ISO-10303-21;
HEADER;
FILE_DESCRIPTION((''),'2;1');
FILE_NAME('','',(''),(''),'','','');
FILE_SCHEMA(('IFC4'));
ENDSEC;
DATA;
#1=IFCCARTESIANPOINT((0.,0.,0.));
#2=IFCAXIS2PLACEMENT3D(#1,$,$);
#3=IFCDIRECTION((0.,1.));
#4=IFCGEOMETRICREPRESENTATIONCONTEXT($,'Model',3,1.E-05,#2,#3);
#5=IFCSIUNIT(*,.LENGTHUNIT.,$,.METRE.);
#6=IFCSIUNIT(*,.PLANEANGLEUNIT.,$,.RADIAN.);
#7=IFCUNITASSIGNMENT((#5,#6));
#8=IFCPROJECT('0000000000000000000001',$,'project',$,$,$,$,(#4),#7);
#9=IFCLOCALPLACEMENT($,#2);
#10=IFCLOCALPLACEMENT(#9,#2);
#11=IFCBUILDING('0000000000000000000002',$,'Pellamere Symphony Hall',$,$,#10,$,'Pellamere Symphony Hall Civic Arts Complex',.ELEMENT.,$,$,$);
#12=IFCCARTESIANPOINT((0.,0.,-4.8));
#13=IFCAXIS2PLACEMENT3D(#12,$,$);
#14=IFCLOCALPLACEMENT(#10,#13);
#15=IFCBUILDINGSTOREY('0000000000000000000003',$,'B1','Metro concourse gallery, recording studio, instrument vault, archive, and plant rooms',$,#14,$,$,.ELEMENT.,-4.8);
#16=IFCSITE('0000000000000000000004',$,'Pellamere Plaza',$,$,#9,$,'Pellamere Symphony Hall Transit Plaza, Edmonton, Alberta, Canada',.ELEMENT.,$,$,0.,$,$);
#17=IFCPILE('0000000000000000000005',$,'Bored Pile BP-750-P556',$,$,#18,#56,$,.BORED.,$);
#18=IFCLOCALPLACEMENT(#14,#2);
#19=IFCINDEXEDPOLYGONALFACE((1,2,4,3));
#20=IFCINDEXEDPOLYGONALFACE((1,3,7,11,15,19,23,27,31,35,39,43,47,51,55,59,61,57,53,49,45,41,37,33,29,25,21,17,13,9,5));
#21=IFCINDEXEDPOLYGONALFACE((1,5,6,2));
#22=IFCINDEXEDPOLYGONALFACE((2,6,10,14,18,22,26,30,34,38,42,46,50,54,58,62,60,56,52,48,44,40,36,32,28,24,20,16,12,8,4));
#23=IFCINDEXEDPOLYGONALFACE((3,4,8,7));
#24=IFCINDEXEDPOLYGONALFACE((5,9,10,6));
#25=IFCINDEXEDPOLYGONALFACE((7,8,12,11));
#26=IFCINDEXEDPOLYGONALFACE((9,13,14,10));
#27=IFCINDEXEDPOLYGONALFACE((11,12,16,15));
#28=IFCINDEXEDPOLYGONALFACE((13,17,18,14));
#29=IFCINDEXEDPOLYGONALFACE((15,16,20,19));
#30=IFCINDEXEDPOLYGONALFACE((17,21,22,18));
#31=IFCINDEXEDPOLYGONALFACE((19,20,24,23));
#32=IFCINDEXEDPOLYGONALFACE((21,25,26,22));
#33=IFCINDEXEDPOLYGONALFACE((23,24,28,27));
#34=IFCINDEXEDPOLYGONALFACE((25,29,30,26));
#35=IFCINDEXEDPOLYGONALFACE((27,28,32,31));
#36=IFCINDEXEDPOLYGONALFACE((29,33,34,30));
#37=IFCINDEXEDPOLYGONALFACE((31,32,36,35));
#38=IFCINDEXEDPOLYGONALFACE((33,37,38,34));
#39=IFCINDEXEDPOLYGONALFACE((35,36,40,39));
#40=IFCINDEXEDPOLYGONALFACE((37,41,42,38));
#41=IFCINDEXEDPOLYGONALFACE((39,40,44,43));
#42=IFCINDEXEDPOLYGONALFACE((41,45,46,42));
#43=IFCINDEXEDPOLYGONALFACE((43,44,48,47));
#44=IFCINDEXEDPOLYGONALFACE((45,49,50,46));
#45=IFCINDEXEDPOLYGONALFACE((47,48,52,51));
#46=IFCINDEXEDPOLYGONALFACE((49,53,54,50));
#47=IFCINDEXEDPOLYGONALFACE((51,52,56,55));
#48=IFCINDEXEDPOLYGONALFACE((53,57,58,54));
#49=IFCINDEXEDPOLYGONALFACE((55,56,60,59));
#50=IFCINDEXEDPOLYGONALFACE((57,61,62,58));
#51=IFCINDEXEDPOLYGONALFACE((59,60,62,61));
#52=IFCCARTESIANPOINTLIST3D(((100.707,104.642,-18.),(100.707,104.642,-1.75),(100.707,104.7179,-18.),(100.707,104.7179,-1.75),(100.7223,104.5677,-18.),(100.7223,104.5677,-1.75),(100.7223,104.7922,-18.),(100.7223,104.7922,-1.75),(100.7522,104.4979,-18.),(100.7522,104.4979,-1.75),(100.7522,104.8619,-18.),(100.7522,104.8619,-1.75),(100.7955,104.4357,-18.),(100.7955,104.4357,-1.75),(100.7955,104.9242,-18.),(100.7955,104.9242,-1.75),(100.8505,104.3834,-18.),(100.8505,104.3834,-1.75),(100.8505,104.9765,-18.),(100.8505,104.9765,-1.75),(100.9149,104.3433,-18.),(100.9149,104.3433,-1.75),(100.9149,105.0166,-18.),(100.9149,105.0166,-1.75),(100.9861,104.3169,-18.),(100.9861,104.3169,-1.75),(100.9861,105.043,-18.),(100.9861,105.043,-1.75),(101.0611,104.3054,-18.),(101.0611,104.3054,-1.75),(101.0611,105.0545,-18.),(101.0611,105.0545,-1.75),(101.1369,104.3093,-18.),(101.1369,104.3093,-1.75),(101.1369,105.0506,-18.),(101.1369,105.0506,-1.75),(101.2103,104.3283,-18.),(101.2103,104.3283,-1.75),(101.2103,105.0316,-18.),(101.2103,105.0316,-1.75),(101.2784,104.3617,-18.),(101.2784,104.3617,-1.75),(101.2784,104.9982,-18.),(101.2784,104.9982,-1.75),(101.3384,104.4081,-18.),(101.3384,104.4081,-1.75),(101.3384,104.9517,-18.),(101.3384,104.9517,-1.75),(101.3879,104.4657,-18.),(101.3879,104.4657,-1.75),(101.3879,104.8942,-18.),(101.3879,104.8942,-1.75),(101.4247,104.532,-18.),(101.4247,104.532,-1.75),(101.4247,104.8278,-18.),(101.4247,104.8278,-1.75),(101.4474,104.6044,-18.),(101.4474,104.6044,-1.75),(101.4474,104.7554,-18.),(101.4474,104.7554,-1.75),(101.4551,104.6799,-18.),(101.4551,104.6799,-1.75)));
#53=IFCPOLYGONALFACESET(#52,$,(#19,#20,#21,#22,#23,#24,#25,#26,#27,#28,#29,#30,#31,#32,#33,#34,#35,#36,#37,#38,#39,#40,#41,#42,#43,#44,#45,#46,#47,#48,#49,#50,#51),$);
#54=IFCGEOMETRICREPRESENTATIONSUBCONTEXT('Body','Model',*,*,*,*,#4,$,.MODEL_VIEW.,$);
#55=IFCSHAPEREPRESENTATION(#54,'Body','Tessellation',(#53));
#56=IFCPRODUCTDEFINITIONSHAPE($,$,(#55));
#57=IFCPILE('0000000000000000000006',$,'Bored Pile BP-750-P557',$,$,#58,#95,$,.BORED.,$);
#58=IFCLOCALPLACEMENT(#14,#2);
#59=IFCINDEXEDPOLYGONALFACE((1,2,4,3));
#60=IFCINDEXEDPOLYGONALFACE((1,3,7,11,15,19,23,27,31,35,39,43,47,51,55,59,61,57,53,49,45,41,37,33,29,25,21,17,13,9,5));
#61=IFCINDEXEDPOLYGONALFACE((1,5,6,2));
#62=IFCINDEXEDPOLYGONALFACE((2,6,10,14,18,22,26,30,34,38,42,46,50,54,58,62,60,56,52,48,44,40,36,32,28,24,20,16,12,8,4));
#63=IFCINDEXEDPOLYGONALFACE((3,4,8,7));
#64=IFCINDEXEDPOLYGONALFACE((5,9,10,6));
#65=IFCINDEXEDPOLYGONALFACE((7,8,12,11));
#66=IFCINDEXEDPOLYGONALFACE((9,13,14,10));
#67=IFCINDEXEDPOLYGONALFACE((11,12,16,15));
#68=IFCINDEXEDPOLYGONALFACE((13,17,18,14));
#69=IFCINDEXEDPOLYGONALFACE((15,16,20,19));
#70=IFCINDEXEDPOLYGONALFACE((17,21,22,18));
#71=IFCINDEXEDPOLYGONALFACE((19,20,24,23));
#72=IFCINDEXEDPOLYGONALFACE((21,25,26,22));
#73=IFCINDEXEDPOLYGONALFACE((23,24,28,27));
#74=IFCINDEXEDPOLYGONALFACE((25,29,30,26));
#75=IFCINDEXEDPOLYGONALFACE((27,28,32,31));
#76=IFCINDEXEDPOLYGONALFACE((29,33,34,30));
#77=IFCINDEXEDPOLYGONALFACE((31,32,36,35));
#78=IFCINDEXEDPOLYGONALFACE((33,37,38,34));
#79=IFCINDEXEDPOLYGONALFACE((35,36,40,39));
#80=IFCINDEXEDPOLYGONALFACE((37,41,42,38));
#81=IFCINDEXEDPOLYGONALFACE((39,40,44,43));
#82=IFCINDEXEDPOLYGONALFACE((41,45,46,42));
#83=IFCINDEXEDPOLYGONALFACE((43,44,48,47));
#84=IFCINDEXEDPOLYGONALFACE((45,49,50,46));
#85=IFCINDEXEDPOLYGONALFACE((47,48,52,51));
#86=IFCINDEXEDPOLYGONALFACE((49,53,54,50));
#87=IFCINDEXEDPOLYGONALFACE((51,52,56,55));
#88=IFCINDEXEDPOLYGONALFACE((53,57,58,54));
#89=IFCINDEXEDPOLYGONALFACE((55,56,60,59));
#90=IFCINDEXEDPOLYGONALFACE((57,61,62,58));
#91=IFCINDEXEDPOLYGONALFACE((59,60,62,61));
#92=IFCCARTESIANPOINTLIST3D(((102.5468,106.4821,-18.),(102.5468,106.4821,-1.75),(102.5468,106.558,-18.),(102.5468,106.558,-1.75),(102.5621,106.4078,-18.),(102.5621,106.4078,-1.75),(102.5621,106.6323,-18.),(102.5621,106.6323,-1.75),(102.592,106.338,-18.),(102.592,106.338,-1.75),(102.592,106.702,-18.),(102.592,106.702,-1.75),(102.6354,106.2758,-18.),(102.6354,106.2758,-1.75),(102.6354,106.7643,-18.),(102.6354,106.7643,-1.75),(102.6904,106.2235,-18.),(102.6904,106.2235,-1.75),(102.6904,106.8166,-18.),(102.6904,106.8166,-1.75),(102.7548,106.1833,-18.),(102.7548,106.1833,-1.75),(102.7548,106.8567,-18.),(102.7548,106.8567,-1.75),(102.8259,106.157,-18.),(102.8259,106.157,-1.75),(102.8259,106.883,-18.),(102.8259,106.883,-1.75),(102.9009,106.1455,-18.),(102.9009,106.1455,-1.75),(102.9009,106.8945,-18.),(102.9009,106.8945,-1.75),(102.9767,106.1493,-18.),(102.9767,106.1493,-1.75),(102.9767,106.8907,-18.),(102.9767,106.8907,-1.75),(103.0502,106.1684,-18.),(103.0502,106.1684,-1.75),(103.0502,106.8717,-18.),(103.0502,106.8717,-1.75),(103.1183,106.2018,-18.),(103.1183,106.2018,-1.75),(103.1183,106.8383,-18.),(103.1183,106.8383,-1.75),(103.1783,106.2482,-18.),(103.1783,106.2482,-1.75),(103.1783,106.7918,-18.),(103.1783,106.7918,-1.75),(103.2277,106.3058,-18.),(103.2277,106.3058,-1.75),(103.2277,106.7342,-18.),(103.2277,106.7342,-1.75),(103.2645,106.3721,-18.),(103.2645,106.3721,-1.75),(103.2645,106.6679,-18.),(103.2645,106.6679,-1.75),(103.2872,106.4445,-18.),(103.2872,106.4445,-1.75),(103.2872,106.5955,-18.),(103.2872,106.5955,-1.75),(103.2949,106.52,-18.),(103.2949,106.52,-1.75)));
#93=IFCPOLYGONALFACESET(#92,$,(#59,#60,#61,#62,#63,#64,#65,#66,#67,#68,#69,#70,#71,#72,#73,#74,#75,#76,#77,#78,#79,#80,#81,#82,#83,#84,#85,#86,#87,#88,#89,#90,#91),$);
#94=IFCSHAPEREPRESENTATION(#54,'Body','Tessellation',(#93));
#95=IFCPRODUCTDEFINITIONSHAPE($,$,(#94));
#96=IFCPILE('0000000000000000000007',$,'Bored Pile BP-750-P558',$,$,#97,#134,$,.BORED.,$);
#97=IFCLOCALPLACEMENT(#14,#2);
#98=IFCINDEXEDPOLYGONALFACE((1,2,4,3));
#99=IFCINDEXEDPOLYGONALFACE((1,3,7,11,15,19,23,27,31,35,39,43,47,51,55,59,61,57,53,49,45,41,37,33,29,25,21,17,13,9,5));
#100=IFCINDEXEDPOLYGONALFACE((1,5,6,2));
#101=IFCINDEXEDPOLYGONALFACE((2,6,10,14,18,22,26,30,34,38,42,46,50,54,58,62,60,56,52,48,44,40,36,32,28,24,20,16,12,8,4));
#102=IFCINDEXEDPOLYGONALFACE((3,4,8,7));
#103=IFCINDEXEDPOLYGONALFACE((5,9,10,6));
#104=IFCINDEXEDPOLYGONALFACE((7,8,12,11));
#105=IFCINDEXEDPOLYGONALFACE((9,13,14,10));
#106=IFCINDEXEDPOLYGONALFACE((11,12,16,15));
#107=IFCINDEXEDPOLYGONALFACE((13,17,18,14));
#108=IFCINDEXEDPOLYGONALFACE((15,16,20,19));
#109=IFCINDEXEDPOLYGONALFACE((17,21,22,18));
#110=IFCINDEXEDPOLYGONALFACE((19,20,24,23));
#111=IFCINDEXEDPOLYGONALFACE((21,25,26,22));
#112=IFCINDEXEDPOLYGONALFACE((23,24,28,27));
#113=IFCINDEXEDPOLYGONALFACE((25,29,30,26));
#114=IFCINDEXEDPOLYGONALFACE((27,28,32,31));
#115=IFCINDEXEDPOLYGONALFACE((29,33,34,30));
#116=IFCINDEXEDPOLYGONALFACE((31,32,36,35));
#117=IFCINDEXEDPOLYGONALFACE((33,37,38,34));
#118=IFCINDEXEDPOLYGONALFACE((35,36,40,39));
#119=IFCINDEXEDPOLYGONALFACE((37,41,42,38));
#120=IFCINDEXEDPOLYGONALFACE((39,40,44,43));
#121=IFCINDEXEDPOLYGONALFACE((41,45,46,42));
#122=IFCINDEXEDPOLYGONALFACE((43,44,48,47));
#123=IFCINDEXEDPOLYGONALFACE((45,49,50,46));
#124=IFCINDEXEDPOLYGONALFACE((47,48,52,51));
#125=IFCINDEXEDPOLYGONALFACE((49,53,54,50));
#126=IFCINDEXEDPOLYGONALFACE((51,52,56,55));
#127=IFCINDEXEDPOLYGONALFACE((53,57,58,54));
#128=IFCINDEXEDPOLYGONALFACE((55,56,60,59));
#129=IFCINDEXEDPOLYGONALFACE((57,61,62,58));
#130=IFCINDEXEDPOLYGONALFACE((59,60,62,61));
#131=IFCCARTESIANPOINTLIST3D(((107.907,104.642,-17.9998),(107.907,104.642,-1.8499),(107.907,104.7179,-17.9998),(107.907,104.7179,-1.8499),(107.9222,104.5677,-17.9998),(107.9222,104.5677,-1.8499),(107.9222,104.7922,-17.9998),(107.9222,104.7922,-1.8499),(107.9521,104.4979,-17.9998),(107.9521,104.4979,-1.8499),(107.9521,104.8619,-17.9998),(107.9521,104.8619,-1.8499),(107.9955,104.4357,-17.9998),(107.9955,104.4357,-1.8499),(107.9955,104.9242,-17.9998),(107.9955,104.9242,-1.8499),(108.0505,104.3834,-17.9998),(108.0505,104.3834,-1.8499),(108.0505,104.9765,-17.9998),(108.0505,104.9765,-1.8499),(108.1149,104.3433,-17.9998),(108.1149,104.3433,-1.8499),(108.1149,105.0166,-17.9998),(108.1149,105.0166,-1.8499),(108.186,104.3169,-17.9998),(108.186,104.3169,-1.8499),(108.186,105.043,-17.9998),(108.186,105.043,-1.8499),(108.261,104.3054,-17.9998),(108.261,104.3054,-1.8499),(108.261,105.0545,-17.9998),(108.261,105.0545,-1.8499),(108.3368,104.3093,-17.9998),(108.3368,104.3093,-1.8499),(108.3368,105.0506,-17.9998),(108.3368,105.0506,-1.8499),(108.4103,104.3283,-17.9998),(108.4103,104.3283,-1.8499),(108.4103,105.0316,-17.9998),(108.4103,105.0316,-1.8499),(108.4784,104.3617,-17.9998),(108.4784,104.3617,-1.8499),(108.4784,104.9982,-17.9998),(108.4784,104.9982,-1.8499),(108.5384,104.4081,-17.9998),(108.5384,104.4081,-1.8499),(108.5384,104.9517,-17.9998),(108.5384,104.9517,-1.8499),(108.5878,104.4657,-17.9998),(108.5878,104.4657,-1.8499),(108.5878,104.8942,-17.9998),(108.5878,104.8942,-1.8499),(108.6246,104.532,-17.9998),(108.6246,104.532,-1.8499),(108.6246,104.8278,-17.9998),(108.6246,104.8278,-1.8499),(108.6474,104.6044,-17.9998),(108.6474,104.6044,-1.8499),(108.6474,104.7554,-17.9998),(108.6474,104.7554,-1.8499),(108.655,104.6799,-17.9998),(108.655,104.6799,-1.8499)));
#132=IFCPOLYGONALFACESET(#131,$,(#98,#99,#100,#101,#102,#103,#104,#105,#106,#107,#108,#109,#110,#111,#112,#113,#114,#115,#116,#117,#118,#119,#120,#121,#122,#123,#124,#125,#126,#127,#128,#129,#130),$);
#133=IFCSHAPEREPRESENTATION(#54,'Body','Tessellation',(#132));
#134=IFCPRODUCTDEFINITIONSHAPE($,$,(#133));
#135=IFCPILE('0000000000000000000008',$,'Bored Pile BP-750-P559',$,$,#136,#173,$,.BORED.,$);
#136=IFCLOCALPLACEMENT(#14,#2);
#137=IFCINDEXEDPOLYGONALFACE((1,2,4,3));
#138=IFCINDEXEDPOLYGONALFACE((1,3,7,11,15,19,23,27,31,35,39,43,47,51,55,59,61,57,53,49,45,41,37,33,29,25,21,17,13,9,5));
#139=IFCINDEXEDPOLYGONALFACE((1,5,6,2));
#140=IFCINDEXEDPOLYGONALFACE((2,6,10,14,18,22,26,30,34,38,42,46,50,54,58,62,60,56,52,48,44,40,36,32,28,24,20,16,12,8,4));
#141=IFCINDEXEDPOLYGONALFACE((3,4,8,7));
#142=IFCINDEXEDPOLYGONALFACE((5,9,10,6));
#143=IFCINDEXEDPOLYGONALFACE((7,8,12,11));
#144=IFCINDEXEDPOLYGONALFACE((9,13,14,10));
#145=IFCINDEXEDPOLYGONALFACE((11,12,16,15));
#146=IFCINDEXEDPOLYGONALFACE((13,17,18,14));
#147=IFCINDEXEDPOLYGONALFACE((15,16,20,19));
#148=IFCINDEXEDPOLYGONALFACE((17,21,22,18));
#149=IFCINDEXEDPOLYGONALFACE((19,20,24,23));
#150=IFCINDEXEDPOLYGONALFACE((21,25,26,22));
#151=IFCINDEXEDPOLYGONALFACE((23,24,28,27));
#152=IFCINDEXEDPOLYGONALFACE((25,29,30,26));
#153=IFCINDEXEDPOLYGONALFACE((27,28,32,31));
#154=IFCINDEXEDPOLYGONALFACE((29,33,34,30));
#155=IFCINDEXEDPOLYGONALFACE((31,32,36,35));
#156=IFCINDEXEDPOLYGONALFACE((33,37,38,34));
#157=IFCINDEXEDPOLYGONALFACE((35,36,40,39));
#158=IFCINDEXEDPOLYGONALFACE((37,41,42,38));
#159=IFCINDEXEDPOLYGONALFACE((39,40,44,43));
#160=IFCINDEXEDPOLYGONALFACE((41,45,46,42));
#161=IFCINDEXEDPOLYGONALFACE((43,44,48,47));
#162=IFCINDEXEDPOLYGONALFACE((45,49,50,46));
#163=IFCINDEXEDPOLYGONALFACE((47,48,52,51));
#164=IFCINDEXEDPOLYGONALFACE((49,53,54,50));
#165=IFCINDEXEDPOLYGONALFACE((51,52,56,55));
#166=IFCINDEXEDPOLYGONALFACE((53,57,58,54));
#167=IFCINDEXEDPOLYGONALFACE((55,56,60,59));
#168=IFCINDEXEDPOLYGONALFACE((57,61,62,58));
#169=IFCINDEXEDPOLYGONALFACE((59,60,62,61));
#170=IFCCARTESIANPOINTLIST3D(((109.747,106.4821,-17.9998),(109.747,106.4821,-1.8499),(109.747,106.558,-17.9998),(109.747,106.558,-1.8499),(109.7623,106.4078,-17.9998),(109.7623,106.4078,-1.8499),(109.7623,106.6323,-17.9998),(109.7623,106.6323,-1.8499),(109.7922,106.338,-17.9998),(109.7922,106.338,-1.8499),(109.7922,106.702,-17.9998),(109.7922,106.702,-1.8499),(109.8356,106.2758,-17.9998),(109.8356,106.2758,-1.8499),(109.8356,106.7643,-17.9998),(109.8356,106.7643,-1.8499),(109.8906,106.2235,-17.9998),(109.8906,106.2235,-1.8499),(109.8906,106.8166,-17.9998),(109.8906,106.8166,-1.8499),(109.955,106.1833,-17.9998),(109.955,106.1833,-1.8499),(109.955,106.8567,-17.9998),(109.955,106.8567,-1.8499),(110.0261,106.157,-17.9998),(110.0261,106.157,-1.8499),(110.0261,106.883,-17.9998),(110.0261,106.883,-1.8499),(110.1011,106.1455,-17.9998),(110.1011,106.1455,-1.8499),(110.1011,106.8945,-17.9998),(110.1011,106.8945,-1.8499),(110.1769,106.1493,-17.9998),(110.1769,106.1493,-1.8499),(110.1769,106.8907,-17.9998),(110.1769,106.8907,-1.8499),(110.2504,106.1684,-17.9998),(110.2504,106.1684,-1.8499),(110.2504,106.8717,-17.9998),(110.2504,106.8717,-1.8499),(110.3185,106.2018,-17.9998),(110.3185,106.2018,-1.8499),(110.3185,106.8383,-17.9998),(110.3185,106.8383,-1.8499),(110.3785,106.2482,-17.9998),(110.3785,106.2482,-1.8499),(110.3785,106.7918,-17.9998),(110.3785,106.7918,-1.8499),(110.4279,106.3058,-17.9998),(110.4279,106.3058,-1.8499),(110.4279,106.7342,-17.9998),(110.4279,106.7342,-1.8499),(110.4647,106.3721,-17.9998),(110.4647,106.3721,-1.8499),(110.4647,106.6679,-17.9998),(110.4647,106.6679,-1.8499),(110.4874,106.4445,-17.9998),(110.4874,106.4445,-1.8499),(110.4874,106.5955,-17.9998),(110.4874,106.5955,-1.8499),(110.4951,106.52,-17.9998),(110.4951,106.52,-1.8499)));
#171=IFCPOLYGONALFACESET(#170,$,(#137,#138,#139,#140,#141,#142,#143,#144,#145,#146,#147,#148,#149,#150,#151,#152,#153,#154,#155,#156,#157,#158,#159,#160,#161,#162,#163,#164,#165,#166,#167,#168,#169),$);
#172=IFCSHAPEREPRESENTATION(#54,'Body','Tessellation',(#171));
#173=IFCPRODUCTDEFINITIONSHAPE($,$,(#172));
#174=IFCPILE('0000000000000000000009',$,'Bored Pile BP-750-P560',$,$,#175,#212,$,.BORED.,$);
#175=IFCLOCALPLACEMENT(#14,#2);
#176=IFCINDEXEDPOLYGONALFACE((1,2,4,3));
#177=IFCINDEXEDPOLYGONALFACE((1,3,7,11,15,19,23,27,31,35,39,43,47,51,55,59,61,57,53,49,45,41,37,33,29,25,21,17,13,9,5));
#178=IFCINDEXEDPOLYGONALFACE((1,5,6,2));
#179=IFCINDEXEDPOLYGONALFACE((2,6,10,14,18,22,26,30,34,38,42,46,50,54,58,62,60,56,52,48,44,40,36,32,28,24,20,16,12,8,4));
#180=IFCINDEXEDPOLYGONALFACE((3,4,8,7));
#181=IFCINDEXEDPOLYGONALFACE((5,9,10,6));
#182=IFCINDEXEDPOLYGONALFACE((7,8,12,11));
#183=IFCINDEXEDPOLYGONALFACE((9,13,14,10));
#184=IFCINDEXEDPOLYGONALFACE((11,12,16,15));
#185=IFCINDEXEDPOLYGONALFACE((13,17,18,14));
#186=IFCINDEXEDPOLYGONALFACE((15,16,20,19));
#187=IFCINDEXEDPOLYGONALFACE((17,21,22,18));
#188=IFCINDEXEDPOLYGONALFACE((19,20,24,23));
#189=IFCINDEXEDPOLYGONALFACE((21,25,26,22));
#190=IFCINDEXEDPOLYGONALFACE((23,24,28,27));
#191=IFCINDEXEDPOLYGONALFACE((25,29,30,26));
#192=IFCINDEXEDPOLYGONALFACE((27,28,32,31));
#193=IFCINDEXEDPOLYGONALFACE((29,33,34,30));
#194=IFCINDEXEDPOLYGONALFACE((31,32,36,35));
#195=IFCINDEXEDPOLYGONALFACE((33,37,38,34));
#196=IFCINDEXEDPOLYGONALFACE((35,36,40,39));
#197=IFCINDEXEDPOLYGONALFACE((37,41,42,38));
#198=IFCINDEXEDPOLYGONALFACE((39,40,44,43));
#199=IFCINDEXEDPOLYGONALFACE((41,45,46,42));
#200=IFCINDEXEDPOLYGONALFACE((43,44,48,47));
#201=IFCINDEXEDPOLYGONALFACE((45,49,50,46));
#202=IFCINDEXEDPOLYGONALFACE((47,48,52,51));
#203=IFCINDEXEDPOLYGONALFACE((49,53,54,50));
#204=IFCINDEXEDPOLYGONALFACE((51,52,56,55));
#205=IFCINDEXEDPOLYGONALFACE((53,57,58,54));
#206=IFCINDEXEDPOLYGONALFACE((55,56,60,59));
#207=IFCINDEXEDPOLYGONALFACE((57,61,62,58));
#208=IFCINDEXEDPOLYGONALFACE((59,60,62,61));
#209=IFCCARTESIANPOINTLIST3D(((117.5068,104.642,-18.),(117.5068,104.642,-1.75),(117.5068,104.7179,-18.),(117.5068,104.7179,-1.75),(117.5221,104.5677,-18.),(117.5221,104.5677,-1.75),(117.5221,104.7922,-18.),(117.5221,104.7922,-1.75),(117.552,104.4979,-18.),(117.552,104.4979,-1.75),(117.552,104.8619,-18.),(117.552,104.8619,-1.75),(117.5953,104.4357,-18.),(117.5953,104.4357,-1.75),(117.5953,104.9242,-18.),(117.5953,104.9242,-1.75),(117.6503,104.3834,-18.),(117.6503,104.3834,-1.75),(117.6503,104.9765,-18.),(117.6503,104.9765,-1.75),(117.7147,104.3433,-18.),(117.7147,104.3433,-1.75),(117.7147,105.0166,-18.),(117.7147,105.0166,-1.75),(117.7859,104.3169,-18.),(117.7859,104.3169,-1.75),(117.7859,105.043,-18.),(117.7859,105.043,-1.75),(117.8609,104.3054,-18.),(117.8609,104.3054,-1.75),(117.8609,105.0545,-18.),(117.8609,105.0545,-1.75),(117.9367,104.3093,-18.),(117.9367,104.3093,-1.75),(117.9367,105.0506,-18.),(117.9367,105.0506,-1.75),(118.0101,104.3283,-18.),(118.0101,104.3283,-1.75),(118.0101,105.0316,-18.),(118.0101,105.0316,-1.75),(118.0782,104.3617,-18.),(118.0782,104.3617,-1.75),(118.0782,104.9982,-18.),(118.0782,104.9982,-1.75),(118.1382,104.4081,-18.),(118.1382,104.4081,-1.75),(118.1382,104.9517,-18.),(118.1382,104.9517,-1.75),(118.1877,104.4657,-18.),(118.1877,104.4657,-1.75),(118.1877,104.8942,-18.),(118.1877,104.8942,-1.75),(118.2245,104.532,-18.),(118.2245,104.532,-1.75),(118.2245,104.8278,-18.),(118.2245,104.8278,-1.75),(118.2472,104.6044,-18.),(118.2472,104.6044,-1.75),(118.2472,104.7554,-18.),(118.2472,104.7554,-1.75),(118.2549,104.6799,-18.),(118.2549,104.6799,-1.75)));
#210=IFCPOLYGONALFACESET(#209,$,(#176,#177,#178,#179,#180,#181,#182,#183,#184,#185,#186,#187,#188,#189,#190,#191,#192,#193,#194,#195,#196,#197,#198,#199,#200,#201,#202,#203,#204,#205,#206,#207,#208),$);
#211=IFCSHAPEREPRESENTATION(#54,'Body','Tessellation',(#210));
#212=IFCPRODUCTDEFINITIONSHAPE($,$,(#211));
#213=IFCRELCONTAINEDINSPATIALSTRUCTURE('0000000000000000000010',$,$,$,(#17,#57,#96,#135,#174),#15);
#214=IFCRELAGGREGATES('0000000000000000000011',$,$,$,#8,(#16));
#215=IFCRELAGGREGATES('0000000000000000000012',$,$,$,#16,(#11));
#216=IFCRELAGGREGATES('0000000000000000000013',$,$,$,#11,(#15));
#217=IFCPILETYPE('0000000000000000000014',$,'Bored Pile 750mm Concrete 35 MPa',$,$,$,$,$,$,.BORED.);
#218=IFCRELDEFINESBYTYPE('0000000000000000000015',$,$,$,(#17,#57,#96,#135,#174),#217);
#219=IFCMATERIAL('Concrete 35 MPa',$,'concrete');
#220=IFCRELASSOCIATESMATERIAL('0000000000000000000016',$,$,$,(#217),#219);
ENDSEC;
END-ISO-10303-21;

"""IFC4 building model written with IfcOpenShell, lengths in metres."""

from ifc_helpers import new_model, si_unit, direction, frame, origin, origin_2d, place, context, subcontext, project, spatial, circle, extrude, material, material_profile, profile_set, type_object, element, save


model = new_model("IFC4")

# Units and contexts
model_context = context("Model", 3, precision=1e-05, world=origin(), true_north=direction((0.0, 1.0)))
body_context = subcontext(model_context, "Body", "Model", "MODEL_VIEW")
ifc_project = project(units=[si_unit("LENGTHUNIT", "METRE"), si_unit("PLANEANGLEUNIT", "RADIAN")], contexts=[model_context])

# Site, building, storey
site_placement = place(None, origin())
site = spatial("IfcSite", under=ifc_project, at=site_placement, Name="Pellamere Plaza", LongName="Pellamere Symphony Hall Transit Plaza, Edmonton, Alberta, Canada", CompositionType="ELEMENT", RefElevation=0.0)
building_placement = place(site_placement, origin())
building = spatial("IfcBuilding", under=site, at=building_placement, Name="Pellamere Symphony Hall", LongName="Pellamere Symphony Hall Civic Arts Complex", CompositionType="ELEMENT")
storey_placement = place(building_placement, frame((0.0, 0.0, -4.8)))
storey = spatial("IfcBuildingStorey", under=building, at=storey_placement, Name="B1", Description="Metro concourse gallery, recording studio, instrument vault, archive, and plant rooms", CompositionType="ELEMENT", Elevation=-4.8)

# Piles
ifc_material_1 = material(Name="Concrete 35 MPa", Category="concrete")
ifc_material_profile_1 = material_profile(ifc_material_1, circle(Radius=0.375, at=origin_2d()), Name="PILE D750")
ifc_profile_set_1 = profile_set([ifc_material_profile_1], Name="Concrete 35 MPa")
pile_type = type_object("IfcPileType", Name="Bored Pile 750mm Concrete 35 MPa", PredefinedType="BORED", material=ifc_profile_set_1)
for number, where, z_axis, x_axis, name in (
    (1, (101.0801, 104.6799, -1.75), (0.0, 0.0, -1.0), (1.0, 0.0, 0.0), "Bored Pile BP-750-P556"),
    (2, (102.9199, 106.52, -1.75), (0.0, 0.0, -1.0), (1.0, 0.0, 0.0), "Bored Pile BP-750-P557"),
):
    element("IfcPile", number, at=place(storey_placement, frame(where, z_axis=z_axis, x_axis=x_axis)), inside=storey, type_object=pile_type, Name=name, PredefinedType="BORED", context=body_context, shape_type="SweptSolid", body=[
        extrude(circle(Radius=0.375, at=origin_2d()), origin(), (0.0, 0.0, 1.0), 16.25),
    ])
for number, where, z_axis, x_axis, name in (
    (3, (108.28, 104.6799, -1.8499), (0.0, 0.0, -1.0), (1.0, 0.0, 0.0), "Bored Pile BP-750-P558"),
    (4, (110.1201, 106.52, -1.8499), (0.0, 0.0, -1.0), (1.0, 0.0, 0.0), "Bored Pile BP-750-P559"),
):
    element("IfcPile", number, at=place(storey_placement, frame(where, z_axis=z_axis, x_axis=x_axis)), inside=storey, type_object=pile_type, Name=name, PredefinedType="BORED", context=body_context, shape_type="SweptSolid", body=[
        extrude(circle(Radius=0.375, at=origin_2d()), origin(), (0.0, 0.0, 1.0), 16.1499),
    ])
pile_1_placement = place(storey_placement, frame((117.8799, 104.6799, -1.75), z_axis=(0.0, 0.0, -1.0), x_axis=(1.0, 0.0, 0.0)))
element("IfcPile", 5, at=pile_1_placement, inside=storey, type_object=pile_type, Name="Bored Pile BP-750-P560", PredefinedType="BORED", context=body_context, shape_type="SweptSolid", body=[
    extrude(circle(Radius=0.375, at=origin_2d()), origin(), (0.0, 0.0, 1.0), 16.25),
])

save(model, "model.ifc")
